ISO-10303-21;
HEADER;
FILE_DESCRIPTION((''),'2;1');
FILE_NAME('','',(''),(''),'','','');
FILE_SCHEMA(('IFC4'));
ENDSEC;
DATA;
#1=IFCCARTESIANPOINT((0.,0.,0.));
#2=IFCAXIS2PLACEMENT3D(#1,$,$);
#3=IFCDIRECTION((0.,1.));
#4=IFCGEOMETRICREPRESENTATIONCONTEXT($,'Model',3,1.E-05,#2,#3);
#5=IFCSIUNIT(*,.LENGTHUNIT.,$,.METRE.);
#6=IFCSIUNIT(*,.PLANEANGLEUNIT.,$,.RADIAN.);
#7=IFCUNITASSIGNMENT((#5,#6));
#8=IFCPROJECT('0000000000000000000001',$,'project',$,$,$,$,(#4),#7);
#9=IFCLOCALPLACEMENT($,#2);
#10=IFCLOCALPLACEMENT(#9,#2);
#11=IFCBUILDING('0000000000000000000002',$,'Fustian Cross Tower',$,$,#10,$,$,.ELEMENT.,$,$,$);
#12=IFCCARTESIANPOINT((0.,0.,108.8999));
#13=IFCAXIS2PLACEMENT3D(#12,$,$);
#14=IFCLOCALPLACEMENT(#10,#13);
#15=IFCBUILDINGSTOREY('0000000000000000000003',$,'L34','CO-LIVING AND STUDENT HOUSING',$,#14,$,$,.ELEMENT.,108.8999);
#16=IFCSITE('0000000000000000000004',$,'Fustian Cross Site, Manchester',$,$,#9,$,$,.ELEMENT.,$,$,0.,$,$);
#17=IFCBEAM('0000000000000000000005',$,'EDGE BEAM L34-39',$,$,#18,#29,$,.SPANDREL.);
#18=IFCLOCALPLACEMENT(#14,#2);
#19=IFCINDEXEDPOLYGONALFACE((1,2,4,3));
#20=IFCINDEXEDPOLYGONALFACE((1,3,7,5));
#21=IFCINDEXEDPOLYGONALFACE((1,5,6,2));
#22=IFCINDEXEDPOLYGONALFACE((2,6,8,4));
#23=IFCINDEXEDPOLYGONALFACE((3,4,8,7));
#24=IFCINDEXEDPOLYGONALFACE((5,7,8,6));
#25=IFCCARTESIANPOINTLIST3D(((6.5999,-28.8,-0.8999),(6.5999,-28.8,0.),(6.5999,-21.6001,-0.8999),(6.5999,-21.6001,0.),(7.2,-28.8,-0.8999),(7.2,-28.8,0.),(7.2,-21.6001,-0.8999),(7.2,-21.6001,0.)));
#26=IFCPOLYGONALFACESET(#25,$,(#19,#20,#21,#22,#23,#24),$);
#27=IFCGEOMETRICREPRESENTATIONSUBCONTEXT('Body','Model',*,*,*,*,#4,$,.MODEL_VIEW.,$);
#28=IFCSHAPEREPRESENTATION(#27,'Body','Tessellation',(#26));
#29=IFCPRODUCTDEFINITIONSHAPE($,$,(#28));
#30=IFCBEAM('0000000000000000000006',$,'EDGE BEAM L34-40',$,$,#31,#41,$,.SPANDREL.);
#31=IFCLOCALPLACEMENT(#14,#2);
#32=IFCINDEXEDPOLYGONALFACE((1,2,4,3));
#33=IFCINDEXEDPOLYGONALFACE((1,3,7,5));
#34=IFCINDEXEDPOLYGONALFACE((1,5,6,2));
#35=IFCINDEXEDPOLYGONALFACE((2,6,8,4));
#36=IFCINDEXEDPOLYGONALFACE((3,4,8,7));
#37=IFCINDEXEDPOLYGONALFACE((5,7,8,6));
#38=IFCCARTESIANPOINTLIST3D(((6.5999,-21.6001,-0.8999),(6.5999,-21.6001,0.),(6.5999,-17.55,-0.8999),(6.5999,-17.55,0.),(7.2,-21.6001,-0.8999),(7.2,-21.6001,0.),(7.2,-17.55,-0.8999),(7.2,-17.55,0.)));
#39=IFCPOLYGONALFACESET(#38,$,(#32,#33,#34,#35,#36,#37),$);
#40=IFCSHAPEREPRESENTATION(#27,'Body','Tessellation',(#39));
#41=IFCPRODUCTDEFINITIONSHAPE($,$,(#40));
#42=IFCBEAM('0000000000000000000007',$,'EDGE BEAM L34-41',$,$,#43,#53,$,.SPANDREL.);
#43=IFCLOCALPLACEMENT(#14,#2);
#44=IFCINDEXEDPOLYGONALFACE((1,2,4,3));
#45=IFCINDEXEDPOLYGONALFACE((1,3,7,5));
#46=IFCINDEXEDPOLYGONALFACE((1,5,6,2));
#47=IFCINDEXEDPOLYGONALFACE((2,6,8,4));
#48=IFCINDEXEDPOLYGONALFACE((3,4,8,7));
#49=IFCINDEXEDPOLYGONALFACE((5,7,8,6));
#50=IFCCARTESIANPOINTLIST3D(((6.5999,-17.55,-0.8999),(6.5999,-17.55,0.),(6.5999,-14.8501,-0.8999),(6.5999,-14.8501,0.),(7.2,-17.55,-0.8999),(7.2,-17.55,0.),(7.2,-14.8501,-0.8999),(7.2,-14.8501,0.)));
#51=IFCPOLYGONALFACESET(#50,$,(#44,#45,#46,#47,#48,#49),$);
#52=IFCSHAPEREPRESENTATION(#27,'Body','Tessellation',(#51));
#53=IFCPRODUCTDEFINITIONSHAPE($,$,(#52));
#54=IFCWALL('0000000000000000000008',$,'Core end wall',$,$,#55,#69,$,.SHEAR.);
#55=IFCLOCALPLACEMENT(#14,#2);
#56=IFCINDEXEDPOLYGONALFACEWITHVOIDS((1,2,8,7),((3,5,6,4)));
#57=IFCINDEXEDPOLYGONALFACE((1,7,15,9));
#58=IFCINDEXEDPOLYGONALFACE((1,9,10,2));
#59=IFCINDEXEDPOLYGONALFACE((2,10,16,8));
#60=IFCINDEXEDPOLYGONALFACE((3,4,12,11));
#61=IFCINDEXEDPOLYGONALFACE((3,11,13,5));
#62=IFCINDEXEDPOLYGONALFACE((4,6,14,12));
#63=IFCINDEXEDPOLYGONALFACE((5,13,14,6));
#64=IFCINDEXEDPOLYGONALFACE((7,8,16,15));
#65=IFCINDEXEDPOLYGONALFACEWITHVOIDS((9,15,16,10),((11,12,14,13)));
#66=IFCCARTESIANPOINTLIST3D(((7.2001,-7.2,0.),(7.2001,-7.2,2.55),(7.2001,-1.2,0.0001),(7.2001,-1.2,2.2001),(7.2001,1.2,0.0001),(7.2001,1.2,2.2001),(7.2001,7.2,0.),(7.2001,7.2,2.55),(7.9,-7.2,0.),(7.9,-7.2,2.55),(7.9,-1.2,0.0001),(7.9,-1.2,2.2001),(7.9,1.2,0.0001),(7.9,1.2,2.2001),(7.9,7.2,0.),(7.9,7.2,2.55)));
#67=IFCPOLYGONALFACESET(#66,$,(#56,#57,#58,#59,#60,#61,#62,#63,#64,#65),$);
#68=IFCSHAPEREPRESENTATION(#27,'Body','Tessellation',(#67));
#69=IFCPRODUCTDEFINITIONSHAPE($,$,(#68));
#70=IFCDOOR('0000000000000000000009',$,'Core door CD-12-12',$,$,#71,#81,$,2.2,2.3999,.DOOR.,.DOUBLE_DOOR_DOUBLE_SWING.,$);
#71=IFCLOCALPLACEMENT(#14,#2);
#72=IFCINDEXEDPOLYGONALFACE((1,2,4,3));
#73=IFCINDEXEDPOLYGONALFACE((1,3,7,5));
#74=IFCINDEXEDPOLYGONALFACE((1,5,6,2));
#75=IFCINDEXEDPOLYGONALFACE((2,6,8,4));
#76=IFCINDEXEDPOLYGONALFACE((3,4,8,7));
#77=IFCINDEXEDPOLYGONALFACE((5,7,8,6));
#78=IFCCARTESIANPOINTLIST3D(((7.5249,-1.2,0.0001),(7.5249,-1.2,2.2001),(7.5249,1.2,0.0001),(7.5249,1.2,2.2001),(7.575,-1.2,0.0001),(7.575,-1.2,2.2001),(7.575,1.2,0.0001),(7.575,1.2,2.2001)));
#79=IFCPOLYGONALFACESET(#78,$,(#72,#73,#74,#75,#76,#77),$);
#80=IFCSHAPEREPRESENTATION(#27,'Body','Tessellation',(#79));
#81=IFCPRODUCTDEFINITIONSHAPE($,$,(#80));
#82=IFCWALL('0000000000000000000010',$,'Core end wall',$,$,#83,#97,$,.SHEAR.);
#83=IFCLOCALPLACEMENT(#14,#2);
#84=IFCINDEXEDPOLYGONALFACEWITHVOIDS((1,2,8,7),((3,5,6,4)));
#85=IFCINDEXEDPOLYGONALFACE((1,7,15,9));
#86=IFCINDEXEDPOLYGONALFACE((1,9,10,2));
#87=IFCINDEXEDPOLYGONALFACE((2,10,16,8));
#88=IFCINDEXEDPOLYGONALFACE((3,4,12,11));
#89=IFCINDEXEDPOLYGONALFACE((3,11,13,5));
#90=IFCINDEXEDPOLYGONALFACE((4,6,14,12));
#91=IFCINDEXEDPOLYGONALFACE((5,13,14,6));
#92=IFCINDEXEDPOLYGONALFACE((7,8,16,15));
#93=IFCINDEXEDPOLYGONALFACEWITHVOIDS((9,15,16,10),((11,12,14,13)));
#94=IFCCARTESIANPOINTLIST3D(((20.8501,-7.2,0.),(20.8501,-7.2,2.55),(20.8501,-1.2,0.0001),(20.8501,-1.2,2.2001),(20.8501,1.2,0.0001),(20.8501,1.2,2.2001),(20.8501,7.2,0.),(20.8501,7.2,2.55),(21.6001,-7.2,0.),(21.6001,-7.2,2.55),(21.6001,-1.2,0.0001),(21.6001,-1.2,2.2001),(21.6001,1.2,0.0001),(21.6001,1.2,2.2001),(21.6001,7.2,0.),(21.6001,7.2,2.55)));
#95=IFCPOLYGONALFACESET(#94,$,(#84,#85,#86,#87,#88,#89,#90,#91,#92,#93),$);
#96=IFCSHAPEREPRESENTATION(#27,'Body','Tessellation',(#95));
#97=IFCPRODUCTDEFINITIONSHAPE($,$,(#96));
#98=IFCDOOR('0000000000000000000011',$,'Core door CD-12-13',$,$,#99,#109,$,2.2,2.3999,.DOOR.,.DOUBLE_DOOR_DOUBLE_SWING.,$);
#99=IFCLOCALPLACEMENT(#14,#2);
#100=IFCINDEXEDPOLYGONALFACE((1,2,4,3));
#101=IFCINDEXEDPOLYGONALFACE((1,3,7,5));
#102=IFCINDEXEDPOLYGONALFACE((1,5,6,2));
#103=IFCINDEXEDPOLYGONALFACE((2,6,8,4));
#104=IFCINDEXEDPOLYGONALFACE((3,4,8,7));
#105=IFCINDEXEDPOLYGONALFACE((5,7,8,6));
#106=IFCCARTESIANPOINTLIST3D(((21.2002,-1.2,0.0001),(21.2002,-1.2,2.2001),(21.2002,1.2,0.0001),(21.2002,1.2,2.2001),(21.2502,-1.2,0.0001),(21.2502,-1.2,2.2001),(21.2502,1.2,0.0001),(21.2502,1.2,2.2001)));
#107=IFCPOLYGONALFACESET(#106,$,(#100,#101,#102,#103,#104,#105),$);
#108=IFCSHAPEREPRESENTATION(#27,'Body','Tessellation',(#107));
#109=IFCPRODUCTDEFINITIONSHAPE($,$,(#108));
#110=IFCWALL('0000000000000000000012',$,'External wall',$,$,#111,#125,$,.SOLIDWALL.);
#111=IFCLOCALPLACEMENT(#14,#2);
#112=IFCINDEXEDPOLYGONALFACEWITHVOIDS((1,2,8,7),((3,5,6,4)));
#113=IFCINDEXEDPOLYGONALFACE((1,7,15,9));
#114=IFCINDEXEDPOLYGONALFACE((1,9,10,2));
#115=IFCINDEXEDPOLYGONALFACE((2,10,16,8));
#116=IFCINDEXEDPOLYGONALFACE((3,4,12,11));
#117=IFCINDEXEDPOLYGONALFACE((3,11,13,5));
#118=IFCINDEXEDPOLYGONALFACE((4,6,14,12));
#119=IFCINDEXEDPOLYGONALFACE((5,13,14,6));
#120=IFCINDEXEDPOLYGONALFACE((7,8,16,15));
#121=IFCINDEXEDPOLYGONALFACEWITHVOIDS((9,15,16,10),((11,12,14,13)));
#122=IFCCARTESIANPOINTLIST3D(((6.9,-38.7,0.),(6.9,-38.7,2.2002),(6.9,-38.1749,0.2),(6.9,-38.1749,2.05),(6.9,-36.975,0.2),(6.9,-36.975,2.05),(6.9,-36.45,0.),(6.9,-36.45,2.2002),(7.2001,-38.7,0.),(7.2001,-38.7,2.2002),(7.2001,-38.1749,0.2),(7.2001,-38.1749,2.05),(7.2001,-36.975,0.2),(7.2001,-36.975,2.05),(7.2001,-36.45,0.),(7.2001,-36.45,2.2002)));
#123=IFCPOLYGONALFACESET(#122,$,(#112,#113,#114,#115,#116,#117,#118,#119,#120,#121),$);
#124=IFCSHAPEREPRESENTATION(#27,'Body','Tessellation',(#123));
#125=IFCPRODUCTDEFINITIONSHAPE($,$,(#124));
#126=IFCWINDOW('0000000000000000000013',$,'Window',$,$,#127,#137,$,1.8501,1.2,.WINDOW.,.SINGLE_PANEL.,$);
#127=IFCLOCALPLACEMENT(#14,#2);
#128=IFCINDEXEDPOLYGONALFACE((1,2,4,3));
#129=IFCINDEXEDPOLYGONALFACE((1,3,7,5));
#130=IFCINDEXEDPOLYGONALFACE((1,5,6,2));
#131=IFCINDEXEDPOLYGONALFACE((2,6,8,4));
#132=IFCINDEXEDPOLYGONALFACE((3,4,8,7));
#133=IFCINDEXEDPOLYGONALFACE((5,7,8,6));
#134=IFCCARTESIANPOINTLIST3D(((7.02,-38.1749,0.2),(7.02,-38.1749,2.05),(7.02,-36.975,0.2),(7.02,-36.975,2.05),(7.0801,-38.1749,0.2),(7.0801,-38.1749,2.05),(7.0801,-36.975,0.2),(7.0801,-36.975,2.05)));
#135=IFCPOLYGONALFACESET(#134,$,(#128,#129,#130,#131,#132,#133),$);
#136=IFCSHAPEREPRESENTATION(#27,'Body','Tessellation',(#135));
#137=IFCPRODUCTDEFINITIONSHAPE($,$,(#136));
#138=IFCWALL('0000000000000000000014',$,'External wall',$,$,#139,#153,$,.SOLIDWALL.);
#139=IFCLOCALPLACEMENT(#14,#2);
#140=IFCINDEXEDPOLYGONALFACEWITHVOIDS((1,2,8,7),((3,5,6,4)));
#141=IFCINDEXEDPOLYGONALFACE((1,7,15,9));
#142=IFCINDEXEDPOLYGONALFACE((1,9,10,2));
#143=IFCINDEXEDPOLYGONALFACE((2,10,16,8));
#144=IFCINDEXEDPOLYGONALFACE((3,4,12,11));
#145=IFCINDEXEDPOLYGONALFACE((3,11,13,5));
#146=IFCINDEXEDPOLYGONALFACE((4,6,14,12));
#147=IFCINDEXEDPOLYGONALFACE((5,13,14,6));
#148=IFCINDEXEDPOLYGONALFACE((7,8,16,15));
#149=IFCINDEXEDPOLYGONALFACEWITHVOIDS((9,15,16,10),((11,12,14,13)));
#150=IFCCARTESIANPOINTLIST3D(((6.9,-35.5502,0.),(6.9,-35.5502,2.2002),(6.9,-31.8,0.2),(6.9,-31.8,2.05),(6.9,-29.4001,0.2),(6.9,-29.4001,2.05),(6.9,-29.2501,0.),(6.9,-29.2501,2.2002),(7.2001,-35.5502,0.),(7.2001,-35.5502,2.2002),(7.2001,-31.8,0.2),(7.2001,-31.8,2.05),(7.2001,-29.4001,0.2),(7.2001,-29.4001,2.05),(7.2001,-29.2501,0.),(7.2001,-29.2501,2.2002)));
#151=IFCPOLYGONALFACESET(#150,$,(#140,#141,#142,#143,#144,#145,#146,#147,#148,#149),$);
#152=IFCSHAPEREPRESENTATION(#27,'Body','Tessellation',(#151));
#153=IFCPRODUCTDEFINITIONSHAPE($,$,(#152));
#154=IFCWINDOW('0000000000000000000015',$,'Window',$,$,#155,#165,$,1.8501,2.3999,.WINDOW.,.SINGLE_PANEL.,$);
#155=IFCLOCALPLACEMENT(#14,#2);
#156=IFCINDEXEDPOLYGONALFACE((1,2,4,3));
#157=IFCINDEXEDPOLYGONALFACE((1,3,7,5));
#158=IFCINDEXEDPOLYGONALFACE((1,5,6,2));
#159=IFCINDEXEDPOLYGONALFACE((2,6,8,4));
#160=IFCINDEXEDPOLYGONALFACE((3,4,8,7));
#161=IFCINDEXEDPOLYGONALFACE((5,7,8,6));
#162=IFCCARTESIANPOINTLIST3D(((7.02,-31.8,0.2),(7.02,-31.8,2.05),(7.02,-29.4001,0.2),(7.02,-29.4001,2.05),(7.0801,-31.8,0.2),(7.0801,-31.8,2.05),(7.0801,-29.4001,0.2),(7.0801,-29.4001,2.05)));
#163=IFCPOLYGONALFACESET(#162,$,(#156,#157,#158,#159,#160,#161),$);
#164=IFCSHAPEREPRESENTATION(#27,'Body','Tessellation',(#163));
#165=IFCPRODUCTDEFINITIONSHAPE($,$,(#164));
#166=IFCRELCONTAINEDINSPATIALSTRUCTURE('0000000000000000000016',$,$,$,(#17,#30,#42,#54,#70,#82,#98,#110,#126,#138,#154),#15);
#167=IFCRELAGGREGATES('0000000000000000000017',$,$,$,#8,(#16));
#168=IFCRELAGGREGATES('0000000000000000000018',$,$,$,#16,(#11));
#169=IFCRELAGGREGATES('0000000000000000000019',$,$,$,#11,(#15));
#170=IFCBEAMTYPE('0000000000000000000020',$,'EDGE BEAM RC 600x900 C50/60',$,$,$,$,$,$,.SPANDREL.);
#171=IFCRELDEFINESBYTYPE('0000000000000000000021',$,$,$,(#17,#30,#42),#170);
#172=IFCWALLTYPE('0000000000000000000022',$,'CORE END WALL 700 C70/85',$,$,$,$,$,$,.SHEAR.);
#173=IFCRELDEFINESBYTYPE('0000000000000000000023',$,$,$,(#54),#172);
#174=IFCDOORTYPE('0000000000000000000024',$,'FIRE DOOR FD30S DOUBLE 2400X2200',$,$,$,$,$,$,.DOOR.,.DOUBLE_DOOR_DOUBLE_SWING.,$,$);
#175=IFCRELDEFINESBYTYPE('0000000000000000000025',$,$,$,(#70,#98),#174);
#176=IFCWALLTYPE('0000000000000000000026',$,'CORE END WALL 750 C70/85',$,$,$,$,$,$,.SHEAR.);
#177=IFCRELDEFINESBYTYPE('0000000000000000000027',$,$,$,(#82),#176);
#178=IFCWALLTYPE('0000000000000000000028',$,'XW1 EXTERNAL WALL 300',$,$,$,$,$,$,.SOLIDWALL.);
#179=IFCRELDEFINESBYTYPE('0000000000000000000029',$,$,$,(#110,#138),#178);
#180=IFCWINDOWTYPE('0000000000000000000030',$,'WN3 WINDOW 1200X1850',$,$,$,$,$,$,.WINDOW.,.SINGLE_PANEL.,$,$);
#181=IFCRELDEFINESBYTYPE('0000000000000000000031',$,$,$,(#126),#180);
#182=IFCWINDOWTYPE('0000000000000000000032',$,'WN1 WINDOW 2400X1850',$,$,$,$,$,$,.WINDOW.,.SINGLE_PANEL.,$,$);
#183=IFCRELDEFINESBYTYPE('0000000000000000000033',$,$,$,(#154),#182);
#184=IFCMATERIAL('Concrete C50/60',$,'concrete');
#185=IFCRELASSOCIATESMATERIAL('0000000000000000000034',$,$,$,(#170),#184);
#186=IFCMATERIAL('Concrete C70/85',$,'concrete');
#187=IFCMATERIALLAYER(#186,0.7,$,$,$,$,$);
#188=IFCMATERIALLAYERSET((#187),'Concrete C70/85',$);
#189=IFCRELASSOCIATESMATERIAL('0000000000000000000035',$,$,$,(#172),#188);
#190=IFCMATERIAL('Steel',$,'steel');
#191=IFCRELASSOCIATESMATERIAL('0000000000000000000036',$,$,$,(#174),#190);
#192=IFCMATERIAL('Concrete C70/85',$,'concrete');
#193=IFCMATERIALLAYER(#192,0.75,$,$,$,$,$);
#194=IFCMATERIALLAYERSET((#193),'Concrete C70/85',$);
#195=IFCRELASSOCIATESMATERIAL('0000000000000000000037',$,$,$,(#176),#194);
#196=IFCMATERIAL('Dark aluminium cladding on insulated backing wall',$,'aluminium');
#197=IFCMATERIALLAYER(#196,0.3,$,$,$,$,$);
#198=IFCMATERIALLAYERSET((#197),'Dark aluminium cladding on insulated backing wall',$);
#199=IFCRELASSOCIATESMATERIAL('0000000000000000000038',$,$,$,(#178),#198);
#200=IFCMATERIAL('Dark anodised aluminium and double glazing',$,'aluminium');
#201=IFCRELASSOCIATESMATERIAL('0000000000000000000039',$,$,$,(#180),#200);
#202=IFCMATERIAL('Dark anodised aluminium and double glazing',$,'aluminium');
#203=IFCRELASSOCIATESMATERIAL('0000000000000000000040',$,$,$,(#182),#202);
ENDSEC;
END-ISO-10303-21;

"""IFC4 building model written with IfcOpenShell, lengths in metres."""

from ifc_helpers import new_model, si_unit, direction, frame, frame_2d, origin, origin_2d, place, context, subcontext, project, spatial, rectangle, extrude, material, layer, layer_set, material_profile, profile_set, type_object, element, fill, save


model = new_model("IFC4")

# Units and contexts
model_context = context("Model", 3, precision=1e-05, world=origin(), true_north=direction((0.0, 1.0)))
body_context = subcontext(model_context, "Body", "Model", "MODEL_VIEW")
ifc_project = project(units=[si_unit("LENGTHUNIT", "METRE"), si_unit("PLANEANGLEUNIT", "RADIAN")], contexts=[model_context])

# Site, building, storey
site_placement = place(None, origin())
site = spatial("IfcSite", under=ifc_project, at=site_placement, Name="Fustian Cross Site, Manchester", CompositionType="ELEMENT", RefElevation=0.0)
building_placement = place(site_placement, origin())
building = spatial("IfcBuilding", under=site, at=building_placement, Name="Fustian Cross Tower", CompositionType="ELEMENT")
storey_placement = place(building_placement, frame((0.0, 0.0, 108.8999)))
storey = spatial("IfcBuildingStorey", under=building, at=storey_placement, Name="L34", Description="CO-LIVING AND STUDENT HOUSING", CompositionType="ELEMENT", Elevation=108.8999)

# Beams
ifc_material_1 = material(Name="Concrete C50/60", Category="concrete")
ifc_material_profile = material_profile(ifc_material_1, rectangle(XDim=0.6001, YDim=0.8999, at=origin_2d()), Name="RC 600x900")
ifc_profile_set = profile_set([ifc_material_profile], Name="Concrete C50/60")
beam_type = type_object("IfcBeamType", Name="EDGE BEAM RC 600x900 C50/60", PredefinedType="SPANDREL", material=ifc_profile_set)
beam_1_placement = place(storey_placement, frame((6.8999, -28.8, -0.45), z_axis=(0.0, 1.0, 0.0), x_axis=(-1.0, 0.0, 0.0)))
element("IfcBeam", 1, at=beam_1_placement, inside=storey, type_object=beam_type, Name="EDGE BEAM L34-39", PredefinedType="SPANDREL", context=body_context, shape_type="SweptSolid", body=[
    extrude(rectangle(XDim=0.6001, YDim=0.8999, at=origin_2d()), origin(), (0.0, 0.0, 1.0), 7.2),
])
beam_2_placement = place(storey_placement, frame((6.8999, -21.6001, -0.45), z_axis=(0.0, 1.0, 0.0), x_axis=(-1.0, 0.0, 0.0)))
element("IfcBeam", 2, at=beam_2_placement, inside=storey, type_object=beam_type, Name="EDGE BEAM L34-40", PredefinedType="SPANDREL", context=body_context, shape_type="SweptSolid", body=[
    extrude(rectangle(XDim=0.6001, YDim=0.8999, at=origin_2d()), origin(), (0.0, 0.0, 1.0), 4.05),
])
beam_3_placement = place(storey_placement, frame((6.8999, -17.55, -0.45), z_axis=(0.0, 1.0, 0.0), x_axis=(-1.0, 0.0, 0.0)))
element("IfcBeam", 3, at=beam_3_placement, inside=storey, type_object=beam_type, Name="EDGE BEAM L34-41", PredefinedType="SPANDREL", context=body_context, shape_type="SweptSolid", body=[
    extrude(rectangle(XDim=0.6001, YDim=0.8999, at=origin_2d()), origin(), (0.0, 0.0, 1.0), 2.7),
])

# Walls, openings, doors
ifc_material_2 = material(Name="Concrete C70/85", Category="concrete")
ifc_layer_1 = layer(ifc_material_2, 0.7)
ifc_layer_set_1 = layer_set([ifc_layer_1], Name="Concrete C70/85")
wall_type_1 = type_object("IfcWallType", Name="CORE END WALL 700 C70/85", PredefinedType="SHEAR", material=ifc_layer_set_1)
wall_1_placement = place(storey_placement, frame((7.55, -7.2, 0.0), z_axis=(0.0, 0.0, 1.0), x_axis=(0.0, 1.0, 0.0)))
wall_1 = element("IfcWall", 4, at=wall_1_placement, inside=storey, type_object=wall_type_1, Name="Core end wall", PredefinedType="SHEAR", context=body_context, shape_type="SweptSolid", body=[
    extrude(rectangle(XDim=14.3999, YDim=0.7, at=frame_2d((7.2, 0.0))), origin(), (0.0, 0.0, 1.0), 2.55),
])
opening_1_placement = place(wall_1_placement, frame((6.0, 0.0, 0.0)))
opening_1 = element("IfcOpeningElement", 5, at=opening_1_placement, cuts=wall_1, PredefinedType="OPENING", context=body_context, shape_type="SweptSolid", body=[
    extrude(rectangle(XDim=2.3999, YDim=2.2, at=frame_2d((1.2, 1.1001))), frame((0.0, 0.3599, 0.0), z_axis=(0.0, -1.0, 0.0), x_axis=(1.0, 0.0, 0.0)), (0.0, 0.0, 1.0), 0.72),
])
ifc_material_3 = material(Name="Steel", Category="steel")
door_type = type_object("IfcDoorType", Name="FIRE DOOR FD30S DOUBLE 2400X2200", OperationType="DOUBLE_DOOR_DOUBLE_SWING", PredefinedType="DOOR", material=ifc_material_3)
door_1_placement = place(opening_1_placement, frame((2.3999, 0.0, 0.0), z_axis=(0.0, 0.0, 1.0), x_axis=(-1.0, 0.0, 0.0)))
door_1 = element("IfcDoor", 6, at=door_1_placement, inside=storey, type_object=door_type, Name="Core door CD-12-12", OperationType="DOUBLE_DOOR_DOUBLE_SWING", OverallHeight=2.2, OverallWidth=2.3999, PredefinedType="DOOR", context=body_context, shape_type="SweptSolid", body=[
    extrude(rectangle(XDim=2.3999, YDim=2.2, at=frame_2d((1.2, 1.1001))), frame((0.0, 0.0249, 0.0), z_axis=(0.0, -1.0, 0.0), x_axis=(1.0, 0.0, 0.0)), (0.0, 0.0, 1.0), 0.05),
])
fill(opening_1, door_1)
ifc_material_4 = material(Name="Concrete C70/85", Category="concrete")
ifc_layer_2 = layer(ifc_material_4, 0.75)
ifc_layer_set_2 = layer_set([ifc_layer_2], Name="Concrete C70/85")
wall_type_2 = type_object("IfcWallType", Name="CORE END WALL 750 C70/85", PredefinedType="SHEAR", material=ifc_layer_set_2)
wall_2_placement = place(storey_placement, frame((21.2251, -7.2, 0.0), z_axis=(0.0, 0.0, 1.0), x_axis=(0.0, 1.0, 0.0)))
wall_2 = element("IfcWall", 7, at=wall_2_placement, inside=storey, type_object=wall_type_2, Name="Core end wall", PredefinedType="SHEAR", context=body_context, shape_type="SweptSolid", body=[
    extrude(rectangle(XDim=14.3999, YDim=0.75, at=frame_2d((7.2, 0.0))), origin(), (0.0, 0.0, 1.0), 2.55),
])
opening_2_placement = place(wall_2_placement, frame((6.0, 0.0, 0.0)))
opening_2 = element("IfcOpeningElement", 8, at=opening_2_placement, cuts=wall_2, PredefinedType="OPENING", context=body_context, shape_type="SweptSolid", body=[
    extrude(rectangle(XDim=2.3999, YDim=2.2, at=frame_2d((1.2, 1.1001))), frame((0.0, 0.385, 0.0), z_axis=(0.0, -1.0, 0.0), x_axis=(1.0, 0.0, 0.0)), (0.0, 0.0, 1.0), 0.77),
])
door_2_placement = place(opening_2_placement, origin())
door_2 = element("IfcDoor", 9, at=door_2_placement, inside=storey, type_object=door_type, Name="Core door CD-12-13", OperationType="DOUBLE_DOOR_DOUBLE_SWING", OverallHeight=2.2, OverallWidth=2.3999, PredefinedType="DOOR", context=body_context, shape_type="SweptSolid", body=[
    extrude(rectangle(XDim=2.3999, YDim=2.2, at=frame_2d((1.2, 1.1001))), frame((0.0, 0.0249, 0.0), z_axis=(0.0, -1.0, 0.0), x_axis=(1.0, 0.0, 0.0)), (0.0, 0.0, 1.0), 0.05),
])
fill(opening_2, door_2)

# Walls, openings, windows
ifc_material_5 = material(Name="Dark aluminium cladding on insulated backing wall", Category="aluminium")
ifc_layer_3 = layer(ifc_material_5, 0.3)
ifc_layer_set_3 = layer_set([ifc_layer_3], Name="Dark aluminium cladding on insulated backing wall")
wall_type_3 = type_object("IfcWallType", Name="XW1 EXTERNAL WALL 300", PredefinedType="SOLIDWALL", material=ifc_layer_set_3)
wall_3_placement = place(storey_placement, frame((7.05, -38.7, 0.0), z_axis=(0.0, 0.0, 1.0), x_axis=(0.0, 1.0, 0.0)))
wall_3 = element("IfcWall", 10, at=wall_3_placement, inside=storey, type_object=wall_type_3, Name="External wall", PredefinedType="SOLIDWALL", context=body_context, shape_type="SweptSolid", body=[
    extrude(rectangle(XDim=2.25, YDim=0.3, at=frame_2d((1.125, 0.0))), origin(), (0.0, 0.0, 1.0), 2.2002),
])
opening_3_placement = place(wall_3_placement, frame((0.5249, 0.0, 0.2)))
opening_3 = element("IfcOpeningElement", 11, at=opening_3_placement, cuts=wall_3, PredefinedType="OPENING", context=body_context, shape_type="SweptSolid", body=[
    extrude(rectangle(XDim=1.2, YDim=1.8501, at=frame_2d((0.6001, 0.925))), frame((0.0, 0.1599, 0.0), z_axis=(0.0, -1.0, 0.0), x_axis=(1.0, 0.0, 0.0)), (0.0, 0.0, 1.0), 0.3201),
])
ifc_material_6 = material(Name="Dark anodised aluminium and double glazing", Category="aluminium")
window_type_1 = type_object("IfcWindowType", Name="WN3 WINDOW 1200X1850", PartitioningType="SINGLE_PANEL", PredefinedType="WINDOW", material=ifc_material_6)
window_1_placement = place(opening_3_placement, origin())
window_1 = element("IfcWindow", 12, at=window_1_placement, inside=storey, type_object=window_type_1, Name="Window", OverallHeight=1.8501, OverallWidth=1.2, PartitioningType="SINGLE_PANEL", PredefinedType="WINDOW", context=body_context, shape_type="SweptSolid", body=[
    extrude(rectangle(XDim=1.2, YDim=1.8501, at=frame_2d((0.6001, 0.925))), frame((0.0, 0.03, 0.0), z_axis=(0.0, -1.0, 0.0), x_axis=(1.0, 0.0, 0.0)), (0.0, 0.0, 1.0), 0.0601),
])
fill(opening_3, window_1)
wall_4_placement = place(storey_placement, frame((7.05, -35.55, 0.0), z_axis=(0.0, 0.0, 1.0), x_axis=(0.0, 1.0, 0.0)))
wall_4 = element("IfcWall", 13, at=wall_4_placement, inside=storey, type_object=wall_type_3, Name="External wall", PredefinedType="SOLIDWALL", context=body_context, shape_type="SweptSolid", body=[
    extrude(rectangle(XDim=6.3, YDim=0.3, at=frame_2d((3.1499, 0.0))), origin(), (0.0, 0.0, 1.0), 2.2002),
])
opening_4_placement = place(wall_4_placement, frame((3.75, 0.0, 0.2)))
opening_4 = element("IfcOpeningElement", 14, at=opening_4_placement, cuts=wall_4, PredefinedType="OPENING", context=body_context, shape_type="SweptSolid", body=[
    extrude(rectangle(XDim=2.3999, YDim=1.8501, at=frame_2d((1.2, 0.925))), frame((0.0, 0.1599, 0.0), z_axis=(0.0, -1.0, 0.0), x_axis=(1.0, 0.0, 0.0)), (0.0, 0.0, 1.0), 0.3201),
])
ifc_material_7 = material(Name="Dark anodised aluminium and double glazing", Category="aluminium")
window_type_2 = type_object("IfcWindowType", Name="WN1 WINDOW 2400X1850", PartitioningType="SINGLE_PANEL", PredefinedType="WINDOW", material=ifc_material_7)
window_2_placement = place(opening_4_placement, origin())
window_2 = element("IfcWindow", 15, at=window_2_placement, inside=storey, type_object=window_type_2, Name="Window", OverallHeight=1.8501, OverallWidth=2.3999, PartitioningType="SINGLE_PANEL", PredefinedType="WINDOW", context=body_context, shape_type="SweptSolid", body=[
    extrude(rectangle(XDim=2.3999, YDim=1.8501, at=frame_2d((1.2, 0.925))), frame((0.0, 0.03, 0.0), z_axis=(0.0, -1.0, 0.0), x_axis=(1.0, 0.0, 0.0)), (0.0, 0.0, 1.0), 0.0601),
])
fill(opening_4, window_2)

save(model, "model.ifc")
